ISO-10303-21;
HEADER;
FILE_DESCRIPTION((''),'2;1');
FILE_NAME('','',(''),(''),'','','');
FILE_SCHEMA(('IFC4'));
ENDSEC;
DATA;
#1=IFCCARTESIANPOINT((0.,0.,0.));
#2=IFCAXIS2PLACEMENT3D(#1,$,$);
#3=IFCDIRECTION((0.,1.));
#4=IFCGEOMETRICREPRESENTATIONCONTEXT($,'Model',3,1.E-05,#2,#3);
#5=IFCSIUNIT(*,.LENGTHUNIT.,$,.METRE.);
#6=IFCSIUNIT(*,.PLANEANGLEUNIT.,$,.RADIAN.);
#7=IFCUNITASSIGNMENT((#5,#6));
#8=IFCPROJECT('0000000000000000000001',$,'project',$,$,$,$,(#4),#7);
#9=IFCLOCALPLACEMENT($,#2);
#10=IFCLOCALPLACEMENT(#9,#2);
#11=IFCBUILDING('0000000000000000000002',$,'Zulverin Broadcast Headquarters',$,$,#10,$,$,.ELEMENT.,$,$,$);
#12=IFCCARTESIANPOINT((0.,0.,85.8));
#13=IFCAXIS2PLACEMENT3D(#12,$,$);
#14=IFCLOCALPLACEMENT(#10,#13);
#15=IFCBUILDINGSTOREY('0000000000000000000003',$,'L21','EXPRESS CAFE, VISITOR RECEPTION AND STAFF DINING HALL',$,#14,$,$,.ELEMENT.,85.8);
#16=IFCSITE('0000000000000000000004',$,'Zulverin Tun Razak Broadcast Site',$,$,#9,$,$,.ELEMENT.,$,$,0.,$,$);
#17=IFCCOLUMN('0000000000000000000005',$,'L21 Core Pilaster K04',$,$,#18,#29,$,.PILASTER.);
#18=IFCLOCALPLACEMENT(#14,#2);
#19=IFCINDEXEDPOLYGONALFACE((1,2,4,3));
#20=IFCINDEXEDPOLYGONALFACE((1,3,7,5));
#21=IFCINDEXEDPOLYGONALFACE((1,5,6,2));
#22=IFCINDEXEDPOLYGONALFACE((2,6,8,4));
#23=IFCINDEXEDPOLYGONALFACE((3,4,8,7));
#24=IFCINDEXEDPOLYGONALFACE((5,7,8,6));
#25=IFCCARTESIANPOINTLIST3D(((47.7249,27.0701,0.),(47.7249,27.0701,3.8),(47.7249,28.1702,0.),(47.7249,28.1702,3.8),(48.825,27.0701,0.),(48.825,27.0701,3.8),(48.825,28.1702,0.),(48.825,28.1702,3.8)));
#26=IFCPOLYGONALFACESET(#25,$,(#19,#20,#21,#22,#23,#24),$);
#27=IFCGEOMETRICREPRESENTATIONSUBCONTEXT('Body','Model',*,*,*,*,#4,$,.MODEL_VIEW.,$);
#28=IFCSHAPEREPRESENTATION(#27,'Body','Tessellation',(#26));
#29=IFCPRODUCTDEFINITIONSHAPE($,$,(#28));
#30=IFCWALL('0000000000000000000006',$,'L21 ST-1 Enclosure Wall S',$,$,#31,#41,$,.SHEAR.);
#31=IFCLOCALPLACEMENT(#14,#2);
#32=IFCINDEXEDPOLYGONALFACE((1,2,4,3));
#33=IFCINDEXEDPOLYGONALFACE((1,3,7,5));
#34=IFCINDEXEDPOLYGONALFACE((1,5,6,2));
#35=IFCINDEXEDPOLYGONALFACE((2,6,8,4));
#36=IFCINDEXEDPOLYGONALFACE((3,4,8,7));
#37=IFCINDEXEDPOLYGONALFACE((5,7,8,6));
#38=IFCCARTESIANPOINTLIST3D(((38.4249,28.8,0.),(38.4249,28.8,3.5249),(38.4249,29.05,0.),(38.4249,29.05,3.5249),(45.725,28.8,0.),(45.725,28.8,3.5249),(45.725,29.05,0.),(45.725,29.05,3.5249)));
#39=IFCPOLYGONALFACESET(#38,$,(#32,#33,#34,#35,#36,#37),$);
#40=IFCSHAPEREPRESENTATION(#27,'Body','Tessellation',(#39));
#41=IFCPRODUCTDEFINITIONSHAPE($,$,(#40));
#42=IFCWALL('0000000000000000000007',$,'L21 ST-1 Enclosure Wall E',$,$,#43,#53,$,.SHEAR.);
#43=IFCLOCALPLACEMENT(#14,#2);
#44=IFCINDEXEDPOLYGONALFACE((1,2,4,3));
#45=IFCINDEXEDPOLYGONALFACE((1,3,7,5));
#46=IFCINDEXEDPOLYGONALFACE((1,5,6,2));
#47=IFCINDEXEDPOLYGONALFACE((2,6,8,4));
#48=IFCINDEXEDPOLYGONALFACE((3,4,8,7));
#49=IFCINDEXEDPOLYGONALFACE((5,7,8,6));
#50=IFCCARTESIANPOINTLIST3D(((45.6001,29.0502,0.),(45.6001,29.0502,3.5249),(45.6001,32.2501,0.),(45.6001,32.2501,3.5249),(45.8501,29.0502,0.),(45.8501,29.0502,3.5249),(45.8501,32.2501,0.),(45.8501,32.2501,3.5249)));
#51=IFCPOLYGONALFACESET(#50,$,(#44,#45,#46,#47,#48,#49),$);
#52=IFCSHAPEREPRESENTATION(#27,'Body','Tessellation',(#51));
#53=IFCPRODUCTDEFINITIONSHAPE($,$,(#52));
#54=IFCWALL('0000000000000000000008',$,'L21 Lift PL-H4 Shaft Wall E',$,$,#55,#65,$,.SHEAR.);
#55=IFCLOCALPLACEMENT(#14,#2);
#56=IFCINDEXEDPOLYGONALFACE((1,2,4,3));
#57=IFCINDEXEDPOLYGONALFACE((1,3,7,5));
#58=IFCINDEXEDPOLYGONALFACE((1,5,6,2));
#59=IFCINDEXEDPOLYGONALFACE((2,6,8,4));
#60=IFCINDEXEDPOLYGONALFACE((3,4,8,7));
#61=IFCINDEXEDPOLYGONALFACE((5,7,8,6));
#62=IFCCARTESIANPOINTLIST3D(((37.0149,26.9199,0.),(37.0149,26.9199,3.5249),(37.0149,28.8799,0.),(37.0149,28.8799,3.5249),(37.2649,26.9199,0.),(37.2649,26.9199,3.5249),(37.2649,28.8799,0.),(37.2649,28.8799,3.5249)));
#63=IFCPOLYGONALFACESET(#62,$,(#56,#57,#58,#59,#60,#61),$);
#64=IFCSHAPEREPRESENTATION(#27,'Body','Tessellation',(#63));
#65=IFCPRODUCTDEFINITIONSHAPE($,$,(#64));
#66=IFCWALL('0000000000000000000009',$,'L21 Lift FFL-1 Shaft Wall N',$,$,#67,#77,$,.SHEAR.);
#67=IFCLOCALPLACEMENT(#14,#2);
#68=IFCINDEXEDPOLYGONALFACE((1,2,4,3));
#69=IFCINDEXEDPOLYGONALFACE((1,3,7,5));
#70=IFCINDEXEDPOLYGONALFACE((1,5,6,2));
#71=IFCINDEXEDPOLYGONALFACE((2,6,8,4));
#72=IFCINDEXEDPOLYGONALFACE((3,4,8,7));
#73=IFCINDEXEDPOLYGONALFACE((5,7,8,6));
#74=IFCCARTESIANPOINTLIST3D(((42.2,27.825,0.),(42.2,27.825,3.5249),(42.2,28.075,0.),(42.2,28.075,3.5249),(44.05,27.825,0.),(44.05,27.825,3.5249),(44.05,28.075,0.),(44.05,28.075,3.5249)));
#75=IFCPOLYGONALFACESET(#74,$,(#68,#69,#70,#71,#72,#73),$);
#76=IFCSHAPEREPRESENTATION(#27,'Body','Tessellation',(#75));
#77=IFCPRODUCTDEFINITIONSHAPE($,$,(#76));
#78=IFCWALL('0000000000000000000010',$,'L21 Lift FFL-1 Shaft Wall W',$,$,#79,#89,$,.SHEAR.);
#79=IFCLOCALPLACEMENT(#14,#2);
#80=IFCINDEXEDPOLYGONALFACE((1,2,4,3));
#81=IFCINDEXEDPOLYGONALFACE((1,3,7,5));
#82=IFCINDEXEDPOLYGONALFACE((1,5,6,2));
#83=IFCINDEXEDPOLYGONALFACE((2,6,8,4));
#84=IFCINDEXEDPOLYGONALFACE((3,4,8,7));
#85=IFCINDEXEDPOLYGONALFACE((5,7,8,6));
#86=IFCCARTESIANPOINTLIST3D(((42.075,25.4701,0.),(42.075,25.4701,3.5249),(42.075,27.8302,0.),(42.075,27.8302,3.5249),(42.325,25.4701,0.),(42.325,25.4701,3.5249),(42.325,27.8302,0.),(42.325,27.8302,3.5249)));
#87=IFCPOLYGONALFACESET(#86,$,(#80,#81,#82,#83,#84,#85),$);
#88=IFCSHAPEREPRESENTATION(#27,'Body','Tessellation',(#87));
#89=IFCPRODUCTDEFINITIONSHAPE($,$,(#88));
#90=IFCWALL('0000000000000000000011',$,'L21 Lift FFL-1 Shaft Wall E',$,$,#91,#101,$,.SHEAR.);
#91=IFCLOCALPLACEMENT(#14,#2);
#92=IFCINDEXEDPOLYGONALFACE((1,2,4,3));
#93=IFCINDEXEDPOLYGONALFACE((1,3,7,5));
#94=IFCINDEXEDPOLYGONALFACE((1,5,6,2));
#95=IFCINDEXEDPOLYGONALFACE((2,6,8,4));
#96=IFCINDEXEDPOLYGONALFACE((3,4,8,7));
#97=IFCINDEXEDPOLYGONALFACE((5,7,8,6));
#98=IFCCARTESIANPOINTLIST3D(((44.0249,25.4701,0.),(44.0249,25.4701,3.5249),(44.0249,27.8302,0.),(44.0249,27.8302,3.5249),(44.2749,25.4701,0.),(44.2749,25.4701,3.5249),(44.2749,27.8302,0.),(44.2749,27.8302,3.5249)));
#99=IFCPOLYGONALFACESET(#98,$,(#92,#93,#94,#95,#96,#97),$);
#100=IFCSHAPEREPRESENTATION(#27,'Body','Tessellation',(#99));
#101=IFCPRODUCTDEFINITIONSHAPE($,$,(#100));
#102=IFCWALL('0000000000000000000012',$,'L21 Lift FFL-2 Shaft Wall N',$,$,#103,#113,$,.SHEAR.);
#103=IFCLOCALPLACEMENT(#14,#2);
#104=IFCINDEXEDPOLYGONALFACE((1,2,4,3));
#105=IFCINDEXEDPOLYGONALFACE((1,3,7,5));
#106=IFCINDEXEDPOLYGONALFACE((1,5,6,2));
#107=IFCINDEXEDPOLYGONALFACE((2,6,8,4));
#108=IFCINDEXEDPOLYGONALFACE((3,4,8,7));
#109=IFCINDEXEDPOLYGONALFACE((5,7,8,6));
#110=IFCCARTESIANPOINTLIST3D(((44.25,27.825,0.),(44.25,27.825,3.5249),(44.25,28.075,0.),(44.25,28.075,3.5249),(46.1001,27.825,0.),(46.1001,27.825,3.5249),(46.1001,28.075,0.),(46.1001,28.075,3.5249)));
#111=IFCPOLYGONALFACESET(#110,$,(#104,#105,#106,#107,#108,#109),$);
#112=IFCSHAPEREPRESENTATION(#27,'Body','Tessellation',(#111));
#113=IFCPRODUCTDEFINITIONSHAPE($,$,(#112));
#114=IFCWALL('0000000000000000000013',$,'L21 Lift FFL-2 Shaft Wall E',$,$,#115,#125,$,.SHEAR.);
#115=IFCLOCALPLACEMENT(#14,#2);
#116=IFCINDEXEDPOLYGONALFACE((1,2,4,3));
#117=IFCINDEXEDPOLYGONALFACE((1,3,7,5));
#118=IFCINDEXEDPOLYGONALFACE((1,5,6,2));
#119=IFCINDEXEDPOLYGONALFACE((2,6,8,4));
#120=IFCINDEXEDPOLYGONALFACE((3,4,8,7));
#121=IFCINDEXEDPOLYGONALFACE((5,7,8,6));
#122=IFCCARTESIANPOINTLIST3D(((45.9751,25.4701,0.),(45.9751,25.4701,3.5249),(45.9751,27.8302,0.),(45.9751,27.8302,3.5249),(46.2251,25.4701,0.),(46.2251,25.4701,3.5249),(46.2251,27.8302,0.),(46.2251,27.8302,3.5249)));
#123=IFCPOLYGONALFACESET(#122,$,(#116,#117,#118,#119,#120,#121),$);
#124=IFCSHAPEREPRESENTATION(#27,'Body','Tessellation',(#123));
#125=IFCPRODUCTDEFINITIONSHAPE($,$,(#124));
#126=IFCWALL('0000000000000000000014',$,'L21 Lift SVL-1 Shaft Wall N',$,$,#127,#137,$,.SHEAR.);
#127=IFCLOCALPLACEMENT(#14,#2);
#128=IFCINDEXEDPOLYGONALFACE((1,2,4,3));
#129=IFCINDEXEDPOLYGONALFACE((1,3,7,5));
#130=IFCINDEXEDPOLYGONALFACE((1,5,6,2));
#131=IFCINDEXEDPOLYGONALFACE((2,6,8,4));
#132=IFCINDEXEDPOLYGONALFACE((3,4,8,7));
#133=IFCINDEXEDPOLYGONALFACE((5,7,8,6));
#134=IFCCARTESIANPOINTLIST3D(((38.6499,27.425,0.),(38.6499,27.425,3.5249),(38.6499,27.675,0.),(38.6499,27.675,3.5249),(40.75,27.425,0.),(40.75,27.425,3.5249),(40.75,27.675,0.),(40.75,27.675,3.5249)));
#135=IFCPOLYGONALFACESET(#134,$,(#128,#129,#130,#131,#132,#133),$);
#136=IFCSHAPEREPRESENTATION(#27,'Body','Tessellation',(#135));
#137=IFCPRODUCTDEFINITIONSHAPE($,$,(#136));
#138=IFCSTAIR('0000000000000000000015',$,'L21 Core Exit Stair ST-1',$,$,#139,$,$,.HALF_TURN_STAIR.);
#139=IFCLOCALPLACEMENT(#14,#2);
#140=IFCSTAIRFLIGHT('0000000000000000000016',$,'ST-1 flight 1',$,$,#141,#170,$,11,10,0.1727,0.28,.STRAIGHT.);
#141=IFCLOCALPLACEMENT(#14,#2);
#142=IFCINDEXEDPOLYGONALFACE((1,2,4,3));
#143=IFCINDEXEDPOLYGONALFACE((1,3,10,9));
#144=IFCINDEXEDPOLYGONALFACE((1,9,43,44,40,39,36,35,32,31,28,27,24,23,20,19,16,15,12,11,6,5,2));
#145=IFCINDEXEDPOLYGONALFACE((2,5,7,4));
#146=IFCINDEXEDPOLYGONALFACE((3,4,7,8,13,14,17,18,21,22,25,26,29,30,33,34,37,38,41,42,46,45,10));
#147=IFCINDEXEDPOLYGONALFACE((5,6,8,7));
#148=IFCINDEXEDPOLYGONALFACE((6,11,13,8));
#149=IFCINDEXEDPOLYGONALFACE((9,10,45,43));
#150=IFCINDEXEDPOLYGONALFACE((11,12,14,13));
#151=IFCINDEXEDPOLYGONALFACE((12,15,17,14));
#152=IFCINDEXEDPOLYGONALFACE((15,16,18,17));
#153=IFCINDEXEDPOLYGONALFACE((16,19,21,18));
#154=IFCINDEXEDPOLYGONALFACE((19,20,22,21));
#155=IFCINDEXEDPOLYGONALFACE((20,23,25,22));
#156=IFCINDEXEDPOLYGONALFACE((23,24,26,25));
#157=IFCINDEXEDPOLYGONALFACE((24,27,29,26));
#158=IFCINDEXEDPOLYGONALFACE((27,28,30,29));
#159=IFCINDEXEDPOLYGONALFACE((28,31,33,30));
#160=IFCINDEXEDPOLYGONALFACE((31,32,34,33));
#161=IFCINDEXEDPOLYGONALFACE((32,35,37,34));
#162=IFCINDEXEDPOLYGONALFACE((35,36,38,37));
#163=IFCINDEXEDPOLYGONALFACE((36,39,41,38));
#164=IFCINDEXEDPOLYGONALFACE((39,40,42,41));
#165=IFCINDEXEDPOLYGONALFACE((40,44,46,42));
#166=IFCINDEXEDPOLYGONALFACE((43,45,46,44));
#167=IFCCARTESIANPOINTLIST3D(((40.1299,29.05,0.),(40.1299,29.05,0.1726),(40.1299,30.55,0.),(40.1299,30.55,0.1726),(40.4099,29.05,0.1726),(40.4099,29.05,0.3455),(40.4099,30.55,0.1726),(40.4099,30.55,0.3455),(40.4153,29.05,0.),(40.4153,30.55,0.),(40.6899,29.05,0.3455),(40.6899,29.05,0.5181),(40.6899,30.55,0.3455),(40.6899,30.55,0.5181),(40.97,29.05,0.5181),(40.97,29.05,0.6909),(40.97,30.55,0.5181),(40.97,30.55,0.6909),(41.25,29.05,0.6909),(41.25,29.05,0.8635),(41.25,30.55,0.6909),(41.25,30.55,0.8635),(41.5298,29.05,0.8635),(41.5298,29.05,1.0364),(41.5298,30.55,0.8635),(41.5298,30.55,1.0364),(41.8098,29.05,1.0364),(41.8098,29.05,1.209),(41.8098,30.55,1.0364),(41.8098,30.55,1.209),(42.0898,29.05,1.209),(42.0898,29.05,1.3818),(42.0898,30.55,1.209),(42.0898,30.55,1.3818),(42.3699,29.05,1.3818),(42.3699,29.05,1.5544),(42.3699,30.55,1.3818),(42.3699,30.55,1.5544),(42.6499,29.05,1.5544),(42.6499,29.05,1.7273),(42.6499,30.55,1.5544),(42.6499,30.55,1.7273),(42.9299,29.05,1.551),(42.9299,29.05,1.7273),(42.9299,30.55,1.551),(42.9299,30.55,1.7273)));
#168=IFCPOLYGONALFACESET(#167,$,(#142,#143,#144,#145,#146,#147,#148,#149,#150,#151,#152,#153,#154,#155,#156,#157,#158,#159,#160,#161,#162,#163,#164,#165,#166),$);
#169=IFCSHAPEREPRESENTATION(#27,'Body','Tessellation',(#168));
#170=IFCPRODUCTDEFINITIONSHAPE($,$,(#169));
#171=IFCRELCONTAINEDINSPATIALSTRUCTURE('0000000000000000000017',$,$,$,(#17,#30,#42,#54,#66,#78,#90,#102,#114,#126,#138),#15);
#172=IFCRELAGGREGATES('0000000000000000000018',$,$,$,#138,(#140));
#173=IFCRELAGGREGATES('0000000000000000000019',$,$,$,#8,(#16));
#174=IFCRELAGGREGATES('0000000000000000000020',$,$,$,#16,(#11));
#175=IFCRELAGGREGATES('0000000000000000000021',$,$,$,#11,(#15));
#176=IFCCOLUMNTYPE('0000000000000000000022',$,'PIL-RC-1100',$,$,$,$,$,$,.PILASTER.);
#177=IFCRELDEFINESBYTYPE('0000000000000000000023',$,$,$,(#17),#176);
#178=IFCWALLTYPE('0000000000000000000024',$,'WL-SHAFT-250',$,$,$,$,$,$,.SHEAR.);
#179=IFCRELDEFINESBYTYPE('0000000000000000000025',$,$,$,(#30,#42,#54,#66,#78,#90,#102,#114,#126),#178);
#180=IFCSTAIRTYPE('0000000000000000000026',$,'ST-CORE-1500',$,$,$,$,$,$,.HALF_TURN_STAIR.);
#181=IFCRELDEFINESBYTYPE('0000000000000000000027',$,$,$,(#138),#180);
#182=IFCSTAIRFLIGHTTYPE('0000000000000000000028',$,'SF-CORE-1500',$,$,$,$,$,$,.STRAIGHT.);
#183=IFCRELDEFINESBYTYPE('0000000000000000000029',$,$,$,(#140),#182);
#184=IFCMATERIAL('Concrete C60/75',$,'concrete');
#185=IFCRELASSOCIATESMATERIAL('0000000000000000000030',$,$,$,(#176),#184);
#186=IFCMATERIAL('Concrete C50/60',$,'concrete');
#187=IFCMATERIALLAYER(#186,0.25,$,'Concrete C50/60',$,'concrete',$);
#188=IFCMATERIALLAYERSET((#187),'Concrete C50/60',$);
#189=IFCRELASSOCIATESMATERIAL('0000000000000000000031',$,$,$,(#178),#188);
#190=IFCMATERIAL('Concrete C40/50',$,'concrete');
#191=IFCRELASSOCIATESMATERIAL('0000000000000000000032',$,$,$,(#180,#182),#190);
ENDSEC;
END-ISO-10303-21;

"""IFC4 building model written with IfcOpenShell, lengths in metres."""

from ifc_helpers import new_model, si_unit, direction, frame, frame_2d, origin, origin_2d, place, context, subcontext, project, spatial, polyline, rectangle, outline, extrude, material, layer, layer_set, material_profile, profile_set, type_object, element, aggregate, save


model = new_model("IFC4")

# Units and contexts
model_context = context("Model", 3, precision=1e-05, world=origin(), true_north=direction((0.0, 1.0)))
body_context = subcontext(model_context, "Body", "Model", "MODEL_VIEW")
ifc_project = project(units=[si_unit("LENGTHUNIT", "METRE"), si_unit("PLANEANGLEUNIT", "RADIAN")], contexts=[model_context])

# Site, building, storey
site_placement = place(None, origin())
site = spatial("IfcSite", under=ifc_project, at=site_placement, Name="Zulverin Tun Razak Broadcast Site", CompositionType="ELEMENT", RefElevation=0.0)
building_placement = place(site_placement, origin())
building = spatial("IfcBuilding", under=site, at=building_placement, Name="Zulverin Broadcast Headquarters", CompositionType="ELEMENT")
storey_placement = place(building_placement, frame((0.0, 0.0, 85.8)))
storey = spatial("IfcBuildingStorey", under=building, at=storey_placement, Name="L21", Description="EXPRESS CAFE, VISITOR RECEPTION AND STAFF DINING HALL", CompositionType="ELEMENT", Elevation=85.8)

# Column
ifc_material_1 = material(Name="Concrete C60/75", Category="concrete")
ifc_material_profile = material_profile(ifc_material_1, rectangle(XDim=1.1001, YDim=1.1001, at=origin_2d()), Name="Concrete C60/75", Category="concrete")
ifc_profile_set = profile_set([ifc_material_profile], Name="Concrete C60/75")
column_type = type_object("IfcColumnType", Name="PIL-RC-1100", PredefinedType="PILASTER", material=ifc_profile_set)
column_placement = place(storey_placement, frame((48.2749, 27.6201, 0.0), z_axis=(0.0, 0.0, 1.0), x_axis=(1.0, 0.0, 0.0)))
element("IfcColumn", 1, at=column_placement, inside=storey, type_object=column_type, Name="L21 Core Pilaster K04", PredefinedType="PILASTER", context=body_context, shape_type="SweptSolid", body=[
    extrude(rectangle(XDim=1.1001, YDim=1.1001, at=origin_2d()), origin(), (0.0, 0.0, 1.0), 3.8),
])

# Wall
ifc_material_2 = material(Name="Concrete C50/60", Category="concrete")
ifc_layer = layer(ifc_material_2, 0.25, Name="Concrete C50/60", Category="concrete")
ifc_layer_set = layer_set([ifc_layer], Name="Concrete C50/60")
wall_type = type_object("IfcWallType", Name="WL-SHAFT-250", PredefinedType="SHEAR", material=ifc_layer_set)
wall_1_placement = place(storey_placement, frame((38.425, 28.925, 0.0), z_axis=(0.0, 0.0, 1.0), x_axis=(1.0, 0.0, 0.0)))
element("IfcWall", 2, at=wall_1_placement, inside=storey, type_object=wall_type, Name="L21 ST-1 Enclosure Wall S", PredefinedType="SHEAR", context=body_context, shape_type="SweptSolid", body=[
    extrude(rectangle(XDim=7.3, YDim=0.25, at=frame_2d((3.6499, 0.0))), origin(), (0.0, 0.0, 1.0), 3.5249),
])

# Walls
wall_2_placement = place(storey_placement, frame((45.7251, 29.05, 0.0), z_axis=(0.0, 0.0, 1.0), x_axis=(0.0, 1.0, 0.0)))
element("IfcWall", 3, at=wall_2_placement, inside=storey, type_object=wall_type, Name="L21 ST-1 Enclosure Wall E", PredefinedType="SHEAR", context=body_context, shape_type="SweptSolid", body=[
    extrude(rectangle(XDim=3.2, YDim=0.25, at=frame_2d((1.6001, 0.0))), origin(), (0.0, 0.0, 1.0), 3.5249),
])
wall_3_placement = place(storey_placement, frame((37.1399, 26.9199, 0.0), z_axis=(0.0, 0.0, 1.0), x_axis=(0.0, 1.0, 0.0)))
element("IfcWall", 4, at=wall_3_placement, inside=storey, type_object=wall_type, Name="L21 Lift PL-H4 Shaft Wall E", PredefinedType="SHEAR", context=body_context, shape_type="SweptSolid", body=[
    extrude(rectangle(XDim=1.96, YDim=0.25, at=frame_2d((0.98, 0.0))), origin(), (0.0, 0.0, 1.0), 3.5249),
])
wall_4_placement = place(storey_placement, frame((42.2, 27.95, 0.0), z_axis=(0.0, 0.0, 1.0), x_axis=(1.0, 0.0, 0.0)))
element("IfcWall", 5, at=wall_4_placement, inside=storey, type_object=wall_type, Name="L21 Lift FFL-1 Shaft Wall N", PredefinedType="SHEAR", context=body_context, shape_type="SweptSolid", body=[
    extrude(rectangle(XDim=1.8501, YDim=0.25, at=frame_2d((0.925, 0.0))), origin(), (0.0, 0.0, 1.0), 3.5249),
])
for number, where, z_axis, x_axis, name in (
    (6, (42.2, 25.47, 0.0), (0.0, 0.0, 1.0), (0.0, 1.0, 0.0), "L21 Lift FFL-1 Shaft Wall W"),
    (7, (44.1499, 25.47, 0.0), (0.0, 0.0, 1.0), (0.0, 1.0, 0.0), "L21 Lift FFL-1 Shaft Wall E"),
):
    element("IfcWall", number, at=place(storey_placement, frame(where, z_axis=z_axis, x_axis=x_axis)), inside=storey, type_object=wall_type, Name=name, PredefinedType="SHEAR", context=body_context, shape_type="SweptSolid", body=[
        extrude(rectangle(XDim=2.3601, YDim=0.25, at=frame_2d((1.1802, 0.0))), origin(), (0.0, 0.0, 1.0), 3.5249),
    ])
wall_5_placement = place(storey_placement, frame((44.25, 27.95, 0.0), z_axis=(0.0, 0.0, 1.0), x_axis=(1.0, 0.0, 0.0)))
element("IfcWall", 8, at=wall_5_placement, inside=storey, type_object=wall_type, Name="L21 Lift FFL-2 Shaft Wall N", PredefinedType="SHEAR", context=body_context, shape_type="SweptSolid", body=[
    extrude(rectangle(XDim=1.8501, YDim=0.25, at=frame_2d((0.925, 0.0))), origin(), (0.0, 0.0, 1.0), 3.5249),
])
wall_6_placement = place(storey_placement, frame((46.1001, 25.47, 0.0), z_axis=(0.0, 0.0, 1.0), x_axis=(0.0, 1.0, 0.0)))
element("IfcWall", 9, at=wall_6_placement, inside=storey, type_object=wall_type, Name="L21 Lift FFL-2 Shaft Wall E", PredefinedType="SHEAR", context=body_context, shape_type="SweptSolid", body=[
    extrude(rectangle(XDim=2.3601, YDim=0.25, at=frame_2d((1.1802, 0.0))), origin(), (0.0, 0.0, 1.0), 3.5249),
])
wall_7_placement = place(storey_placement, frame((38.6499, 27.55, 0.0), z_axis=(0.0, 0.0, 1.0), x_axis=(1.0, 0.0, 0.0)))
element("IfcWall", 10, at=wall_7_placement, inside=storey, type_object=wall_type, Name="L21 Lift SVL-1 Shaft Wall N", PredefinedType="SHEAR", context=body_context, shape_type="SweptSolid", body=[
    extrude(rectangle(XDim=2.1001, YDim=0.25, at=frame_2d((1.05, 0.0))), origin(), (0.0, 0.0, 1.0), 3.5249),
])

# Stair, stair flight
ifc_material_3 = material(Name="Concrete C40/50", Category="concrete")
stair_type = type_object("IfcStairType", Name="ST-CORE-1500", PredefinedType="HALF_TURN_STAIR", material=ifc_material_3)
stair_placement = place(storey_placement, origin())
stair = element("IfcStair", 11, at=stair_placement, inside=storey, type_object=stair_type, Name="L21 Core Exit Stair ST-1", PredefinedType="HALF_TURN_STAIR")
stair_flight_type = type_object("IfcStairFlightType", Name="SF-CORE-1500", PredefinedType="STRAIGHT", material=ifc_material_3)
stair_flight_placement = place(storey_placement, frame((40.1299, 29.8, 0.0), z_axis=(0.0, 0.0, 1.0), x_axis=(1.0, 0.0, 0.0)))
stair_flight = element("IfcStairFlight", 12, at=stair_flight_placement, type_object=stair_flight_type, Name="ST-1 flight 1", NumberOfRisers=11, NumberOfTreads=10, PredefinedType="STRAIGHT", RiserHeight=0.1727, TreadLength=0.28, context=body_context, shape_type="SweptSolid", body=[
    extrude(outline(polyline([(0.0, 0.0), (0.0, 0.1726), (0.28, 0.1726), (0.28, 0.3455), (0.5601, 0.3455), (0.5601, 0.5181), (0.8401, 0.5181), (0.8401, 0.6909), (1.1201, 0.6909), (1.1201, 0.8635), (1.3999, 0.8635), (1.3999, 1.0364), (1.6799, 1.0364), (1.6799, 1.209), (1.96, 1.209), (1.96, 1.3818), (2.24, 1.3818), (2.24, 1.5544), (2.52, 1.5544), (2.52, 1.7273), (2.8, 1.7273), (2.8, 1.8999), (2.8, 1.551), (0.2854, 0.0), (0.0, 0.0)])), frame((0.0, 0.75, 0.0), z_axis=(0.0, -1.0, 0.0), x_axis=(1.0, 0.0, 0.0)), (0.0, 0.0, 1.0), 1.5),
])
aggregate(stair, [stair_flight])

save(model, "model.ifc")
